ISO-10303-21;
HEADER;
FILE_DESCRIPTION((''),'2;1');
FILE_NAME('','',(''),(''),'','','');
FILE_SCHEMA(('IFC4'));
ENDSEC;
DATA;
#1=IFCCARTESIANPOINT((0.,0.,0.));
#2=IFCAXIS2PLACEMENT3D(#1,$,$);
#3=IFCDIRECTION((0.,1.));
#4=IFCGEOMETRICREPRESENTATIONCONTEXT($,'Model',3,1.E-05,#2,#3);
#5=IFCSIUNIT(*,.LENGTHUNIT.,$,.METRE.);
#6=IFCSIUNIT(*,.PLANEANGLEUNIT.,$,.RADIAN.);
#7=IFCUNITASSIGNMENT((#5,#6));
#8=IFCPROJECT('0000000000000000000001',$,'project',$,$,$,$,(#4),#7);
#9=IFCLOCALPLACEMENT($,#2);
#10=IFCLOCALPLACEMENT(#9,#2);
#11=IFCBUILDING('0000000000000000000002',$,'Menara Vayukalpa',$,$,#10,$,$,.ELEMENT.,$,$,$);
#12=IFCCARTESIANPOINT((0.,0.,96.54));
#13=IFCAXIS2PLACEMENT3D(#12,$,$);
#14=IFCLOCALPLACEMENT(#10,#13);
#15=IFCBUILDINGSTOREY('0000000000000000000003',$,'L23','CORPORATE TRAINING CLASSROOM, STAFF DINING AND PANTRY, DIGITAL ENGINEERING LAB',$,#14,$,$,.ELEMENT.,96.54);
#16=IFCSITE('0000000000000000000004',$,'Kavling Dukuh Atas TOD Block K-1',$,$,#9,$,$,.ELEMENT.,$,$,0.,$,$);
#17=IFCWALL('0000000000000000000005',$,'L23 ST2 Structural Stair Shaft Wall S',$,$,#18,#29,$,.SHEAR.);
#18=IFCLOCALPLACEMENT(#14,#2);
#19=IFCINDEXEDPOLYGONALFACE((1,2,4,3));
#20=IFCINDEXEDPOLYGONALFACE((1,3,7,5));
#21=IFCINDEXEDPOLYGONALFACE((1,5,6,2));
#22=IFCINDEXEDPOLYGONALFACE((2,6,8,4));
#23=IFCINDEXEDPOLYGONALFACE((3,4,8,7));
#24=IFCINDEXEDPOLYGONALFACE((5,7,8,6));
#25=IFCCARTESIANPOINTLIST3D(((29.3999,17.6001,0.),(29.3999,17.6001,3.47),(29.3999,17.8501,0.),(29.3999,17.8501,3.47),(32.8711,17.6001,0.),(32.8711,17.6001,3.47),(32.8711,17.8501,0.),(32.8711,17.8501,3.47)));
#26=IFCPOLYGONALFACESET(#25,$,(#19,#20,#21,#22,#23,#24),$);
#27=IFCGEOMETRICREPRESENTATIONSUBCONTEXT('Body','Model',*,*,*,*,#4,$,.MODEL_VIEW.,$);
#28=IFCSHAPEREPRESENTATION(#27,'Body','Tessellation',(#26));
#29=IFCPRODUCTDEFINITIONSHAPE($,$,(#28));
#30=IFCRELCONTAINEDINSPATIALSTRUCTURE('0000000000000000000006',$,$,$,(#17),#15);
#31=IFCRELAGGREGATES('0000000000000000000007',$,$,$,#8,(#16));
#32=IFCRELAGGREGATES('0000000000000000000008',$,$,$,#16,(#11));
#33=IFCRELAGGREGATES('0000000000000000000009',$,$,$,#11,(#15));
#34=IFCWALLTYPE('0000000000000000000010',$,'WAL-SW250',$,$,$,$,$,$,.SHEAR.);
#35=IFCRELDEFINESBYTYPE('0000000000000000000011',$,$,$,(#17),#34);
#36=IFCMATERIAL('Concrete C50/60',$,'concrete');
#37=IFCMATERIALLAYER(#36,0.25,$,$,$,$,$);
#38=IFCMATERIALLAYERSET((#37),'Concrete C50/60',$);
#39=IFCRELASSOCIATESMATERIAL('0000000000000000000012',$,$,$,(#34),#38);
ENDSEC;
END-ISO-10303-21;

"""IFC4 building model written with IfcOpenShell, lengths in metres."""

from ifc_helpers import new_model, si_unit, direction, frame, frame_2d, origin, place, context, subcontext, project, spatial, rectangle, extrude, material, layer, layer_set, type_object, element, save


model = new_model("IFC4")

# Units and contexts
model_context = context("Model", 3, precision=1e-05, world=origin(), true_north=direction((0.0, 1.0)))
body_context = subcontext(model_context, "Body", "Model", "MODEL_VIEW")
ifc_project = project(units=[si_unit("LENGTHUNIT", "METRE"), si_unit("PLANEANGLEUNIT", "RADIAN")], contexts=[model_context])

# Site, building, storey
site_placement = place(None, origin())
site = spatial("IfcSite", under=ifc_project, at=site_placement, Name="Kavling Dukuh Atas TOD Block K-1", CompositionType="ELEMENT", RefElevation=0.0)
building_placement = place(site_placement, origin())
building = spatial("IfcBuilding", under=site, at=building_placement, Name="Menara Vayukalpa", CompositionType="ELEMENT")
storey_placement = place(building_placement, frame((0.0, 0.0, 96.54)))
storey = spatial("IfcBuildingStorey", under=building, at=storey_placement, Name="L23", Description="CORPORATE TRAINING CLASSROOM, STAFF DINING AND PANTRY, DIGITAL ENGINEERING LAB", CompositionType="ELEMENT", Elevation=96.54)

# Shared definitions
ifc_material_1 = material(Name="Concrete C50/60", Category="concrete")
ifc_layer_1 = layer(ifc_material_1, 0.25)
ifc_layer_set_1 = layer_set([ifc_layer_1], Name="Concrete C50/60")
wall_type_1 = type_object("IfcWallType", Name="WAL-SW250", PredefinedType="SHEAR", material=ifc_layer_set_1)

# Wall
wall_1_placement = place(storey_placement, frame((29.3999, 17.7251, 0.0), z_axis=(0.0, 0.0, 1.0), x_axis=(1.0, 0.0, 0.0)))
element("IfcWall", 1, at=wall_1_placement, inside=storey, type_object=wall_type_1, Name="L23 ST2 Structural Stair Shaft Wall S", PredefinedType="SHEAR", context=body_context, shape_type="SweptSolid", body=[
    extrude(rectangle(XDim=3.4712, YDim=0.25, at=frame_2d((1.7356, 0.0))), origin(), (0.0, 0.0, 1.0), 3.47),
])

save(model, "model.ifc")
